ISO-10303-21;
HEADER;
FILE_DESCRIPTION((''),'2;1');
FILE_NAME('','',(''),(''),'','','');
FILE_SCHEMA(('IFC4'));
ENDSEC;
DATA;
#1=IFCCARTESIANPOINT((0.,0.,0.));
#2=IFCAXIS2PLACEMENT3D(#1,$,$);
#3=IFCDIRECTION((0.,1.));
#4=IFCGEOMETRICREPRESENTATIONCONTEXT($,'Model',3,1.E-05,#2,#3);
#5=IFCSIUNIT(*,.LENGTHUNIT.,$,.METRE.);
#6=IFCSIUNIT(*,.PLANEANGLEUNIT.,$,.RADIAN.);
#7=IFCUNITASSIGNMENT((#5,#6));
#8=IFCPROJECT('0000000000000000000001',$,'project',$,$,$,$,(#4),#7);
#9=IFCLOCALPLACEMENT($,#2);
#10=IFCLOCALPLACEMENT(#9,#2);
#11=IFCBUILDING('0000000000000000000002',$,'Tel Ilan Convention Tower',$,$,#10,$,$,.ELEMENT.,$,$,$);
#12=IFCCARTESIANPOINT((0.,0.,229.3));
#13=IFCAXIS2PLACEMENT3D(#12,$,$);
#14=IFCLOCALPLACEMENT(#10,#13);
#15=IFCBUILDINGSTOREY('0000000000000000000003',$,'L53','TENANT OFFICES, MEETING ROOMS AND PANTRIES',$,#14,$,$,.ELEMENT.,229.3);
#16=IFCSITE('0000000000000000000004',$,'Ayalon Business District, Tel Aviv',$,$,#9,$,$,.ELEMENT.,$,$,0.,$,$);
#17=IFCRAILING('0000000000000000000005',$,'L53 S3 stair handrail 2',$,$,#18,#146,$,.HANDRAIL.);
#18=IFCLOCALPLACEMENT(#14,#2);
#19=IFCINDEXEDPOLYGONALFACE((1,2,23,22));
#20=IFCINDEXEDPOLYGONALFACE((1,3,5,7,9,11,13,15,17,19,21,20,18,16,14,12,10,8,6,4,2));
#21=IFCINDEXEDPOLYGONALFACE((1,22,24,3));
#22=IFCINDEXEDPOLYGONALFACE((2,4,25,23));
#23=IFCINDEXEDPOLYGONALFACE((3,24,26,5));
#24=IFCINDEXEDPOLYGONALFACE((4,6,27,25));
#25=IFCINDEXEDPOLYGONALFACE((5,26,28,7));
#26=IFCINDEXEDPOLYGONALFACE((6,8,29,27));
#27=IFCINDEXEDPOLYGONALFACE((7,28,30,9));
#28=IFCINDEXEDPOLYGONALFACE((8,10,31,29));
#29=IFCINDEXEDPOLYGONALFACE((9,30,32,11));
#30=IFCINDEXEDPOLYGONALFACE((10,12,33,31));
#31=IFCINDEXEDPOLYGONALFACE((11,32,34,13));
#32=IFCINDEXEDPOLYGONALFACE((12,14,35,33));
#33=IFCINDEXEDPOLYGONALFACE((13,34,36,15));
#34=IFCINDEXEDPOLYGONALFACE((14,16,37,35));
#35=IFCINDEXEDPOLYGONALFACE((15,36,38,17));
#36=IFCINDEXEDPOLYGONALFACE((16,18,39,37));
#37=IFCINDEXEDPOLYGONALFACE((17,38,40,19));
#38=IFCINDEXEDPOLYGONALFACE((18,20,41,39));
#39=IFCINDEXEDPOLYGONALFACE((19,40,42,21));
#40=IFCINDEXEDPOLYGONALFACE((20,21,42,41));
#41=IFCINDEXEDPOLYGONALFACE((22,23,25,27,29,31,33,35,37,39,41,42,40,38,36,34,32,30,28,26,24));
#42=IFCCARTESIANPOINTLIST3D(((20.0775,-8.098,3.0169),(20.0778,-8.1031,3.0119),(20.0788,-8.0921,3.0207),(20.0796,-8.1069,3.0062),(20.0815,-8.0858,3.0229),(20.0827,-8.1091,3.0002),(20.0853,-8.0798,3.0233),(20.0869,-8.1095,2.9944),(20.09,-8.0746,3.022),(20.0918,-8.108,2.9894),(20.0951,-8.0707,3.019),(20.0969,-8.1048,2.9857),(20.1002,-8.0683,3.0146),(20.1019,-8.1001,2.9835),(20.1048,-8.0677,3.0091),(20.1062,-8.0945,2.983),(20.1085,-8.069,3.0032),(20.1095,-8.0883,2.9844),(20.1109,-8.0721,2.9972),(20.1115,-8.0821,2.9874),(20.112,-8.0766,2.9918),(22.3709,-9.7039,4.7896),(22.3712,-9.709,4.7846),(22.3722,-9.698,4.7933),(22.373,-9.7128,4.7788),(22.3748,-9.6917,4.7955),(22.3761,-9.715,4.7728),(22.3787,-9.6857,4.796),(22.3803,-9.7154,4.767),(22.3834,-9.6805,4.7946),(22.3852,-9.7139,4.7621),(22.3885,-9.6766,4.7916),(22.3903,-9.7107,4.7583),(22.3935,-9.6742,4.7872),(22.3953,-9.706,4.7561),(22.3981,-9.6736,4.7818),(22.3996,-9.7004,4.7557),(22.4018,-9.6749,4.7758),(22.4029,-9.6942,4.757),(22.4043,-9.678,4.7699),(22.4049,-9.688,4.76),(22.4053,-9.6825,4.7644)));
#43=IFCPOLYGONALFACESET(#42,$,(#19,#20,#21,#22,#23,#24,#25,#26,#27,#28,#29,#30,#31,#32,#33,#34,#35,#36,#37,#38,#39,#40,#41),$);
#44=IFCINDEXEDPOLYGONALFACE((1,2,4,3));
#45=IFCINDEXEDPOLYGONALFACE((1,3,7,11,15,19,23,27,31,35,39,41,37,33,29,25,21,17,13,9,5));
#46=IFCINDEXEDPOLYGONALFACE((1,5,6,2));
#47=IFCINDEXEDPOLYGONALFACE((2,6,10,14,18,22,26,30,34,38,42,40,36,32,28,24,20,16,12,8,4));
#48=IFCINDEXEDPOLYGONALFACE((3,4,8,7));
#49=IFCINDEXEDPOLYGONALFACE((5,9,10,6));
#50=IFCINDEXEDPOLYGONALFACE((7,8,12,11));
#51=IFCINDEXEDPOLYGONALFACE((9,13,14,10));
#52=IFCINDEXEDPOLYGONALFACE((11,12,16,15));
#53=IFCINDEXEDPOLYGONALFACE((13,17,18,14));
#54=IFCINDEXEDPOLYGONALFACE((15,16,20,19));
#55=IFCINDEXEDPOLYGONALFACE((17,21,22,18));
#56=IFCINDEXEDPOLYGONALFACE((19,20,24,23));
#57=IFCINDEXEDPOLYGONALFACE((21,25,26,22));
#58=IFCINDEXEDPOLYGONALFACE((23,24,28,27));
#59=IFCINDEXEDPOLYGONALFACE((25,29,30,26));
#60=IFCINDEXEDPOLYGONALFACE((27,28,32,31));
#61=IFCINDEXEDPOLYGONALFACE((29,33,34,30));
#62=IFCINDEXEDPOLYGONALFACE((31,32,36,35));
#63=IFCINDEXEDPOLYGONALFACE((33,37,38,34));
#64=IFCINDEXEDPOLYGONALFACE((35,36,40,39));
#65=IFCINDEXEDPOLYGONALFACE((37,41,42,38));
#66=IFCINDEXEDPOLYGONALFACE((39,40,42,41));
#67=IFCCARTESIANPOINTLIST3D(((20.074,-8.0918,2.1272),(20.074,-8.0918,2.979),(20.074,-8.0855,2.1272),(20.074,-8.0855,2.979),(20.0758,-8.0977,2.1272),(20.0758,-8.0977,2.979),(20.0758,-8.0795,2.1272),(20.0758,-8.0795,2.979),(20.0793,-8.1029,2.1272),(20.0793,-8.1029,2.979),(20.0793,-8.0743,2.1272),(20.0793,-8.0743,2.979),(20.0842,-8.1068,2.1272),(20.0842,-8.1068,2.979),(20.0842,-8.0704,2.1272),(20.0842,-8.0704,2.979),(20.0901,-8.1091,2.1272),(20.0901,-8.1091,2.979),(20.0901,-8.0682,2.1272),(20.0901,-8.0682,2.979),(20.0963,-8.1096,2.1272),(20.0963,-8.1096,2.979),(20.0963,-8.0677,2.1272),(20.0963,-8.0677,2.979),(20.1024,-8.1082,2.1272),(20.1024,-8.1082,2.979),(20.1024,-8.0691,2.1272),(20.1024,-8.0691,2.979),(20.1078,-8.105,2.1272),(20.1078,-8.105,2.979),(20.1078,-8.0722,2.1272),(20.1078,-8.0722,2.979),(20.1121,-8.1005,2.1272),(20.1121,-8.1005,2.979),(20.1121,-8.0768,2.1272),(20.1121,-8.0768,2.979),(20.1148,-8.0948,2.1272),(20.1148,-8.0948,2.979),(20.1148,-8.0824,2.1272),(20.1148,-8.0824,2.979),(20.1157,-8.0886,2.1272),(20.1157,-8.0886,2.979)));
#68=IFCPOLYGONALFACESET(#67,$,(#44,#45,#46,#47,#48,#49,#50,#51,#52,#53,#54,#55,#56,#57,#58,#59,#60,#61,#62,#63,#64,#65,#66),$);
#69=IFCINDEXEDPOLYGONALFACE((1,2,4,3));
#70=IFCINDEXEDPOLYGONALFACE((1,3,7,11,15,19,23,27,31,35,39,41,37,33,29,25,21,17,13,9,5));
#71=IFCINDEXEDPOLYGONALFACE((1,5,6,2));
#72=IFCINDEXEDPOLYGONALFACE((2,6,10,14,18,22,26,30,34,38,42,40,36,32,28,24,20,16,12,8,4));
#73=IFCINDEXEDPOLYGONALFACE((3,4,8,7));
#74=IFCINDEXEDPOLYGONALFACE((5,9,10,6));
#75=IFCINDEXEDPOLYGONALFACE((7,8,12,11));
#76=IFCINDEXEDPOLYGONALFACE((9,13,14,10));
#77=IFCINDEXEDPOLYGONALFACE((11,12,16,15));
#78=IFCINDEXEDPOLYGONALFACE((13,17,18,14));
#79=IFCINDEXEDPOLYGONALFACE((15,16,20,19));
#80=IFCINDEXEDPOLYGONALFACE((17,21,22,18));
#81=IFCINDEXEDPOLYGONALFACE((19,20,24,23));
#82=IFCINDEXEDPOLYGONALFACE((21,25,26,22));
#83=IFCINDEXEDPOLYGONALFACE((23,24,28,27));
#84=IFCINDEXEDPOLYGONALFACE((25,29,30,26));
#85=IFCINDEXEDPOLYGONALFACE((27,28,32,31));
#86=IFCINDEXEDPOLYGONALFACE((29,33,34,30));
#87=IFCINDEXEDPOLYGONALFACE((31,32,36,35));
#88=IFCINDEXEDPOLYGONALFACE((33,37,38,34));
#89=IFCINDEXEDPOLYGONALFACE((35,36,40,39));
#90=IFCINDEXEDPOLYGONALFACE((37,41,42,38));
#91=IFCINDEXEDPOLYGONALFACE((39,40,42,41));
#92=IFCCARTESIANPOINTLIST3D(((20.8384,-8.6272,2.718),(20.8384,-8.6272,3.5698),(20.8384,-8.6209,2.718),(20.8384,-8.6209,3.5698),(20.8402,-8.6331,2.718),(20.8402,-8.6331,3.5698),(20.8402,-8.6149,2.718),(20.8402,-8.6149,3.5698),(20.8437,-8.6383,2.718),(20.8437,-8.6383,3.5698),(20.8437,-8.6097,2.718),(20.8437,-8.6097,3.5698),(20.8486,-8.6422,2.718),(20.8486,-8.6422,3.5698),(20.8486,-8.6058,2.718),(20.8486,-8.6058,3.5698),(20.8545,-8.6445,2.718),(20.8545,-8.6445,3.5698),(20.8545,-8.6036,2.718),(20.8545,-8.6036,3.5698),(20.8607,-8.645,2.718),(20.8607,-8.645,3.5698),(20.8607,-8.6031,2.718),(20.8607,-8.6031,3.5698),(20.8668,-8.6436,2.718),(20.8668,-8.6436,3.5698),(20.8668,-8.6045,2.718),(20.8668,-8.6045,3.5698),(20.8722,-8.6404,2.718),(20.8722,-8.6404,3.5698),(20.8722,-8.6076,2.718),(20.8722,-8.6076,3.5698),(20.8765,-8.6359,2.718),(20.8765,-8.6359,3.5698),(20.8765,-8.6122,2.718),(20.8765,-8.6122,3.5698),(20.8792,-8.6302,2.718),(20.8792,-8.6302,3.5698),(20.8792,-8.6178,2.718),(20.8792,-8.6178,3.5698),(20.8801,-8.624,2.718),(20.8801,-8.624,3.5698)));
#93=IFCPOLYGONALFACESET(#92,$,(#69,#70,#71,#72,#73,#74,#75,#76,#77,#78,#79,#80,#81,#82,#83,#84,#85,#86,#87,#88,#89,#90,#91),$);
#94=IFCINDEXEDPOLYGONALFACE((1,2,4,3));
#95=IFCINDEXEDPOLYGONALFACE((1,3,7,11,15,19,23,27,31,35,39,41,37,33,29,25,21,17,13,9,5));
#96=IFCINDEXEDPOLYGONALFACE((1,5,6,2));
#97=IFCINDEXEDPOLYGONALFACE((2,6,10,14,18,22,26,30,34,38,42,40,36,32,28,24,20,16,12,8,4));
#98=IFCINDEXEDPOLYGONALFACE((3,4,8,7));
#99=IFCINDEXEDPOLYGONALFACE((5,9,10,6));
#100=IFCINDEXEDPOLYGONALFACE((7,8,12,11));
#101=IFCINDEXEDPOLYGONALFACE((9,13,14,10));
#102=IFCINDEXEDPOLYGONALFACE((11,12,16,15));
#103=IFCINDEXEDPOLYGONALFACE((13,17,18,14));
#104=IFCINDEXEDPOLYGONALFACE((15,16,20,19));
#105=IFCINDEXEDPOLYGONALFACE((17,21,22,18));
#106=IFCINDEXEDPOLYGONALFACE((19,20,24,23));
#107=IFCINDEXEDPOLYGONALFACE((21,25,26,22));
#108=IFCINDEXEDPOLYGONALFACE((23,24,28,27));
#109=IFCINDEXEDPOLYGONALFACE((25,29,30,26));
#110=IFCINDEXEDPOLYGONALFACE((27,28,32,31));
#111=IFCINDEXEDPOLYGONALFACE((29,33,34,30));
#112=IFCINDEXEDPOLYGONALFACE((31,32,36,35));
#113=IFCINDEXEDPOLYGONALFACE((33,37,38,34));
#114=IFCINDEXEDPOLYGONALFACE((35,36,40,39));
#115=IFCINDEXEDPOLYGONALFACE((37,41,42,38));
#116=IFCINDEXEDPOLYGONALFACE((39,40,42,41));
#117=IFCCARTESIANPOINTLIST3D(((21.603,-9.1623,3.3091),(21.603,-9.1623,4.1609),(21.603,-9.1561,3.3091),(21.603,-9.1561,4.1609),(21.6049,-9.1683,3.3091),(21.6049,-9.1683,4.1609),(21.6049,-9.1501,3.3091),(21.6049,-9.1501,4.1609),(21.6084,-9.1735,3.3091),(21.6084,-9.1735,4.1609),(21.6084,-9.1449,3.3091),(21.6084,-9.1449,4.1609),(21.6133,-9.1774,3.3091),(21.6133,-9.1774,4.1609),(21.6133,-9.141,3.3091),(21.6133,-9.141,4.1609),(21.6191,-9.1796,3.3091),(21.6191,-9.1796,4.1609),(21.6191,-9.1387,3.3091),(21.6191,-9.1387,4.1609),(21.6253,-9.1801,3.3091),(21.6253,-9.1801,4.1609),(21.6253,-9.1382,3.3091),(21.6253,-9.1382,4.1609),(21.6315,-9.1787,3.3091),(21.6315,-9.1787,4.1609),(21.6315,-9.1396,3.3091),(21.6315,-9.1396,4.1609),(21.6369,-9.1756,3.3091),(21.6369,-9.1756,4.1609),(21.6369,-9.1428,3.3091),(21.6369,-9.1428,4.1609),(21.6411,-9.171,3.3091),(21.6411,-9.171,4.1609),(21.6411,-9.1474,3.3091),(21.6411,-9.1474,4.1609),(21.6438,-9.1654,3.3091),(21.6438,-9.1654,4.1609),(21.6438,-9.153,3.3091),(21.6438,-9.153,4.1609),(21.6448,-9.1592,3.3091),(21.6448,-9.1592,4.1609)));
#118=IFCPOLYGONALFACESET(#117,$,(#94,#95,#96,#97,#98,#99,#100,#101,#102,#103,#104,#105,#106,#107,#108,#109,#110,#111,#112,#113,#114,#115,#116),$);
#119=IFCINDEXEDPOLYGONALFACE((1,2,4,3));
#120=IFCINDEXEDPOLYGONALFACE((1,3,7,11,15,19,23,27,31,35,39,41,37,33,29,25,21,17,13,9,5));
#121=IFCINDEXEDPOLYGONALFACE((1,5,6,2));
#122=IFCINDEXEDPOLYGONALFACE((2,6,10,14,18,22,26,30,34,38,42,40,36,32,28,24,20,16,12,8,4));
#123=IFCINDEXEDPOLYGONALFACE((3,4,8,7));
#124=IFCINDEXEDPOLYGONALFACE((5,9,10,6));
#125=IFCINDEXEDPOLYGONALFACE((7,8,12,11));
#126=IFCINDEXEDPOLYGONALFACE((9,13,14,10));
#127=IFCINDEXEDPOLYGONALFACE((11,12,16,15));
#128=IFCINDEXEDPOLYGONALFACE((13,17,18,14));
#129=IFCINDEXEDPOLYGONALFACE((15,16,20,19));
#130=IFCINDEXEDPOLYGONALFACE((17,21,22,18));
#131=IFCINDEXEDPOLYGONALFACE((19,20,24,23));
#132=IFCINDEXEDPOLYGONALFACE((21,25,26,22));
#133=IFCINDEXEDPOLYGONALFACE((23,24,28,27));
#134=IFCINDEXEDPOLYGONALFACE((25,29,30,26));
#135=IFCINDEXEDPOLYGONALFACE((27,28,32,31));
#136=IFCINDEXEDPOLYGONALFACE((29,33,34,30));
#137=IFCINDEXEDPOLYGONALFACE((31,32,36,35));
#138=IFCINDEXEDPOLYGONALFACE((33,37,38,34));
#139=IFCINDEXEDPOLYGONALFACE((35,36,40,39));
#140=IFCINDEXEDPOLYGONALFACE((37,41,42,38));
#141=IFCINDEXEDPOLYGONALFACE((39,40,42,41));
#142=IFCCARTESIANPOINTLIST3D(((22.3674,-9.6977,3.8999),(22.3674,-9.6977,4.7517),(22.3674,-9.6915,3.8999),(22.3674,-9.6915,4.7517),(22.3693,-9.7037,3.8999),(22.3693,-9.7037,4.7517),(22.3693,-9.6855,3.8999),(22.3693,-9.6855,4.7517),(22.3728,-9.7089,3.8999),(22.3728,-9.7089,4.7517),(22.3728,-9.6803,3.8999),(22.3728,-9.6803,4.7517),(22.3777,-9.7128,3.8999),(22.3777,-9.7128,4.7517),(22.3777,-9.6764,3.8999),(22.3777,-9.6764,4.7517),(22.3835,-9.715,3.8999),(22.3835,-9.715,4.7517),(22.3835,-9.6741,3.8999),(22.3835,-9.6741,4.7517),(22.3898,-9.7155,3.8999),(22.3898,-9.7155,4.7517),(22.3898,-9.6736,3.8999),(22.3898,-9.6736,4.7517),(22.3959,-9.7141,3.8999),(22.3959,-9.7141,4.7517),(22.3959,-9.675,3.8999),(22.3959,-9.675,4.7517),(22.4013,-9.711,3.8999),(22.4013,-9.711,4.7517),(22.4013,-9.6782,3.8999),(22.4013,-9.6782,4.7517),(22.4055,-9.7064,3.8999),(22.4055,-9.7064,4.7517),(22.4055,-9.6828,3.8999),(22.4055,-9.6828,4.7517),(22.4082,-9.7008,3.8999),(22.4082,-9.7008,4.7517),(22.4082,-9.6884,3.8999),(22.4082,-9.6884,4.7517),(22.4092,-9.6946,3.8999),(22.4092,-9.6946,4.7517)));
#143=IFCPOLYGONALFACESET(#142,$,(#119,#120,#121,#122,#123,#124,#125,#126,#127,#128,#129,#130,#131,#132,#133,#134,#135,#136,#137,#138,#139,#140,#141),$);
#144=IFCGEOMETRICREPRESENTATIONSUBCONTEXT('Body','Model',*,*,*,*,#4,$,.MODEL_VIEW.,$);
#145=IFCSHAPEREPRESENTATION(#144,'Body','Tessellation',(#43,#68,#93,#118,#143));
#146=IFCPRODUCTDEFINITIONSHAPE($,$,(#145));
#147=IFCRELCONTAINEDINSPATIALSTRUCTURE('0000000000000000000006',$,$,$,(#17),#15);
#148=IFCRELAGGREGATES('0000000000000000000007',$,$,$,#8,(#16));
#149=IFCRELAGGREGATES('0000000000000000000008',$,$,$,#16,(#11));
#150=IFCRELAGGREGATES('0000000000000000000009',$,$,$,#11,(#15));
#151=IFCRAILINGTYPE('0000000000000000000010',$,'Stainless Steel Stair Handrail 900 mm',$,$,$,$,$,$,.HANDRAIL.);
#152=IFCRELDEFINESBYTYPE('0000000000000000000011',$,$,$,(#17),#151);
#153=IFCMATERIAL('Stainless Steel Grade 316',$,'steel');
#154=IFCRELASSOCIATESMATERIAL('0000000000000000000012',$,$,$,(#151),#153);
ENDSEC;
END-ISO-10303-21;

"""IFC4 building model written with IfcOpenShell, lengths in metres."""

from ifc_helpers import new_model, si_unit, direction, frame, origin, origin_2d, place, context, subcontext, project, spatial, circle, extrude, material, type_object, element, save


model = new_model("IFC4")

# Units and contexts
model_context = context("Model", 3, precision=1e-05, world=origin(), true_north=direction((0.0, 1.0)))
body_context = subcontext(model_context, "Body", "Model", "MODEL_VIEW")
ifc_project = project(units=[si_unit("LENGTHUNIT", "METRE"), si_unit("PLANEANGLEUNIT", "RADIAN")], contexts=[model_context])

# Site, building, storey
site_placement = place(None, origin())
site = spatial("IfcSite", under=ifc_project, at=site_placement, Name="Ayalon Business District, Tel Aviv", CompositionType="ELEMENT", RefElevation=0.0)
building_placement = place(site_placement, origin())
building = spatial("IfcBuilding", under=site, at=building_placement, Name="Tel Ilan Convention Tower", CompositionType="ELEMENT")
storey_placement = place(building_placement, frame((0.0, 0.0, 229.3)))
storey = spatial("IfcBuildingStorey", under=building, at=storey_placement, Name="L53", Description="TENANT OFFICES, MEETING ROOMS AND PANTRIES", CompositionType="ELEMENT", Elevation=229.3)

# Railing
ifc_material_1 = material(Name="Stainless Steel Grade 316", Category="steel")
railing_type_1 = type_object("IfcRailingType", Name="Stainless Steel Stair Handrail 900 mm", PredefinedType="HANDRAIL", material=ifc_material_1)
railing_1_placement = place(storey_placement, frame((20.0947, -8.0886, 2.1272)))
element("IfcRailing", 1, at=railing_1_placement, inside=storey, type_object=railing_type_1, Name="L53 S3 stair handrail 2", PredefinedType="HANDRAIL", context=body_context, shape_type="SweptSolid", body=[
    extrude(circle(Radius=0.0239, at=origin_2d()), frame((0.0, 0.0, 0.876), z_axis=(0.692085, -0.484621, 0.53494), x_axis=(0.573591, 0.819142, 0.0)), (0.0, 0.0, 1.0), 3.3137),
    extrude(circle(Radius=0.021, at=origin_2d()), origin(), (0.0, 0.0, 1.0), 0.8518),
    extrude(circle(Radius=0.021, at=origin_2d()), frame((0.7644, -0.5354, 0.5908)), (0.0, 0.0, 1.0), 0.8518),
    extrude(circle(Radius=0.021, at=origin_2d()), frame((1.5291, -1.0706, 1.1819)), (0.0, 0.0, 1.0), 0.8518),
    extrude(circle(Radius=0.021, at=origin_2d()), frame((2.2935, -1.606, 1.7727)), (0.0, 0.0, 1.0), 0.8518),
])

save(model, "model.ifc")
